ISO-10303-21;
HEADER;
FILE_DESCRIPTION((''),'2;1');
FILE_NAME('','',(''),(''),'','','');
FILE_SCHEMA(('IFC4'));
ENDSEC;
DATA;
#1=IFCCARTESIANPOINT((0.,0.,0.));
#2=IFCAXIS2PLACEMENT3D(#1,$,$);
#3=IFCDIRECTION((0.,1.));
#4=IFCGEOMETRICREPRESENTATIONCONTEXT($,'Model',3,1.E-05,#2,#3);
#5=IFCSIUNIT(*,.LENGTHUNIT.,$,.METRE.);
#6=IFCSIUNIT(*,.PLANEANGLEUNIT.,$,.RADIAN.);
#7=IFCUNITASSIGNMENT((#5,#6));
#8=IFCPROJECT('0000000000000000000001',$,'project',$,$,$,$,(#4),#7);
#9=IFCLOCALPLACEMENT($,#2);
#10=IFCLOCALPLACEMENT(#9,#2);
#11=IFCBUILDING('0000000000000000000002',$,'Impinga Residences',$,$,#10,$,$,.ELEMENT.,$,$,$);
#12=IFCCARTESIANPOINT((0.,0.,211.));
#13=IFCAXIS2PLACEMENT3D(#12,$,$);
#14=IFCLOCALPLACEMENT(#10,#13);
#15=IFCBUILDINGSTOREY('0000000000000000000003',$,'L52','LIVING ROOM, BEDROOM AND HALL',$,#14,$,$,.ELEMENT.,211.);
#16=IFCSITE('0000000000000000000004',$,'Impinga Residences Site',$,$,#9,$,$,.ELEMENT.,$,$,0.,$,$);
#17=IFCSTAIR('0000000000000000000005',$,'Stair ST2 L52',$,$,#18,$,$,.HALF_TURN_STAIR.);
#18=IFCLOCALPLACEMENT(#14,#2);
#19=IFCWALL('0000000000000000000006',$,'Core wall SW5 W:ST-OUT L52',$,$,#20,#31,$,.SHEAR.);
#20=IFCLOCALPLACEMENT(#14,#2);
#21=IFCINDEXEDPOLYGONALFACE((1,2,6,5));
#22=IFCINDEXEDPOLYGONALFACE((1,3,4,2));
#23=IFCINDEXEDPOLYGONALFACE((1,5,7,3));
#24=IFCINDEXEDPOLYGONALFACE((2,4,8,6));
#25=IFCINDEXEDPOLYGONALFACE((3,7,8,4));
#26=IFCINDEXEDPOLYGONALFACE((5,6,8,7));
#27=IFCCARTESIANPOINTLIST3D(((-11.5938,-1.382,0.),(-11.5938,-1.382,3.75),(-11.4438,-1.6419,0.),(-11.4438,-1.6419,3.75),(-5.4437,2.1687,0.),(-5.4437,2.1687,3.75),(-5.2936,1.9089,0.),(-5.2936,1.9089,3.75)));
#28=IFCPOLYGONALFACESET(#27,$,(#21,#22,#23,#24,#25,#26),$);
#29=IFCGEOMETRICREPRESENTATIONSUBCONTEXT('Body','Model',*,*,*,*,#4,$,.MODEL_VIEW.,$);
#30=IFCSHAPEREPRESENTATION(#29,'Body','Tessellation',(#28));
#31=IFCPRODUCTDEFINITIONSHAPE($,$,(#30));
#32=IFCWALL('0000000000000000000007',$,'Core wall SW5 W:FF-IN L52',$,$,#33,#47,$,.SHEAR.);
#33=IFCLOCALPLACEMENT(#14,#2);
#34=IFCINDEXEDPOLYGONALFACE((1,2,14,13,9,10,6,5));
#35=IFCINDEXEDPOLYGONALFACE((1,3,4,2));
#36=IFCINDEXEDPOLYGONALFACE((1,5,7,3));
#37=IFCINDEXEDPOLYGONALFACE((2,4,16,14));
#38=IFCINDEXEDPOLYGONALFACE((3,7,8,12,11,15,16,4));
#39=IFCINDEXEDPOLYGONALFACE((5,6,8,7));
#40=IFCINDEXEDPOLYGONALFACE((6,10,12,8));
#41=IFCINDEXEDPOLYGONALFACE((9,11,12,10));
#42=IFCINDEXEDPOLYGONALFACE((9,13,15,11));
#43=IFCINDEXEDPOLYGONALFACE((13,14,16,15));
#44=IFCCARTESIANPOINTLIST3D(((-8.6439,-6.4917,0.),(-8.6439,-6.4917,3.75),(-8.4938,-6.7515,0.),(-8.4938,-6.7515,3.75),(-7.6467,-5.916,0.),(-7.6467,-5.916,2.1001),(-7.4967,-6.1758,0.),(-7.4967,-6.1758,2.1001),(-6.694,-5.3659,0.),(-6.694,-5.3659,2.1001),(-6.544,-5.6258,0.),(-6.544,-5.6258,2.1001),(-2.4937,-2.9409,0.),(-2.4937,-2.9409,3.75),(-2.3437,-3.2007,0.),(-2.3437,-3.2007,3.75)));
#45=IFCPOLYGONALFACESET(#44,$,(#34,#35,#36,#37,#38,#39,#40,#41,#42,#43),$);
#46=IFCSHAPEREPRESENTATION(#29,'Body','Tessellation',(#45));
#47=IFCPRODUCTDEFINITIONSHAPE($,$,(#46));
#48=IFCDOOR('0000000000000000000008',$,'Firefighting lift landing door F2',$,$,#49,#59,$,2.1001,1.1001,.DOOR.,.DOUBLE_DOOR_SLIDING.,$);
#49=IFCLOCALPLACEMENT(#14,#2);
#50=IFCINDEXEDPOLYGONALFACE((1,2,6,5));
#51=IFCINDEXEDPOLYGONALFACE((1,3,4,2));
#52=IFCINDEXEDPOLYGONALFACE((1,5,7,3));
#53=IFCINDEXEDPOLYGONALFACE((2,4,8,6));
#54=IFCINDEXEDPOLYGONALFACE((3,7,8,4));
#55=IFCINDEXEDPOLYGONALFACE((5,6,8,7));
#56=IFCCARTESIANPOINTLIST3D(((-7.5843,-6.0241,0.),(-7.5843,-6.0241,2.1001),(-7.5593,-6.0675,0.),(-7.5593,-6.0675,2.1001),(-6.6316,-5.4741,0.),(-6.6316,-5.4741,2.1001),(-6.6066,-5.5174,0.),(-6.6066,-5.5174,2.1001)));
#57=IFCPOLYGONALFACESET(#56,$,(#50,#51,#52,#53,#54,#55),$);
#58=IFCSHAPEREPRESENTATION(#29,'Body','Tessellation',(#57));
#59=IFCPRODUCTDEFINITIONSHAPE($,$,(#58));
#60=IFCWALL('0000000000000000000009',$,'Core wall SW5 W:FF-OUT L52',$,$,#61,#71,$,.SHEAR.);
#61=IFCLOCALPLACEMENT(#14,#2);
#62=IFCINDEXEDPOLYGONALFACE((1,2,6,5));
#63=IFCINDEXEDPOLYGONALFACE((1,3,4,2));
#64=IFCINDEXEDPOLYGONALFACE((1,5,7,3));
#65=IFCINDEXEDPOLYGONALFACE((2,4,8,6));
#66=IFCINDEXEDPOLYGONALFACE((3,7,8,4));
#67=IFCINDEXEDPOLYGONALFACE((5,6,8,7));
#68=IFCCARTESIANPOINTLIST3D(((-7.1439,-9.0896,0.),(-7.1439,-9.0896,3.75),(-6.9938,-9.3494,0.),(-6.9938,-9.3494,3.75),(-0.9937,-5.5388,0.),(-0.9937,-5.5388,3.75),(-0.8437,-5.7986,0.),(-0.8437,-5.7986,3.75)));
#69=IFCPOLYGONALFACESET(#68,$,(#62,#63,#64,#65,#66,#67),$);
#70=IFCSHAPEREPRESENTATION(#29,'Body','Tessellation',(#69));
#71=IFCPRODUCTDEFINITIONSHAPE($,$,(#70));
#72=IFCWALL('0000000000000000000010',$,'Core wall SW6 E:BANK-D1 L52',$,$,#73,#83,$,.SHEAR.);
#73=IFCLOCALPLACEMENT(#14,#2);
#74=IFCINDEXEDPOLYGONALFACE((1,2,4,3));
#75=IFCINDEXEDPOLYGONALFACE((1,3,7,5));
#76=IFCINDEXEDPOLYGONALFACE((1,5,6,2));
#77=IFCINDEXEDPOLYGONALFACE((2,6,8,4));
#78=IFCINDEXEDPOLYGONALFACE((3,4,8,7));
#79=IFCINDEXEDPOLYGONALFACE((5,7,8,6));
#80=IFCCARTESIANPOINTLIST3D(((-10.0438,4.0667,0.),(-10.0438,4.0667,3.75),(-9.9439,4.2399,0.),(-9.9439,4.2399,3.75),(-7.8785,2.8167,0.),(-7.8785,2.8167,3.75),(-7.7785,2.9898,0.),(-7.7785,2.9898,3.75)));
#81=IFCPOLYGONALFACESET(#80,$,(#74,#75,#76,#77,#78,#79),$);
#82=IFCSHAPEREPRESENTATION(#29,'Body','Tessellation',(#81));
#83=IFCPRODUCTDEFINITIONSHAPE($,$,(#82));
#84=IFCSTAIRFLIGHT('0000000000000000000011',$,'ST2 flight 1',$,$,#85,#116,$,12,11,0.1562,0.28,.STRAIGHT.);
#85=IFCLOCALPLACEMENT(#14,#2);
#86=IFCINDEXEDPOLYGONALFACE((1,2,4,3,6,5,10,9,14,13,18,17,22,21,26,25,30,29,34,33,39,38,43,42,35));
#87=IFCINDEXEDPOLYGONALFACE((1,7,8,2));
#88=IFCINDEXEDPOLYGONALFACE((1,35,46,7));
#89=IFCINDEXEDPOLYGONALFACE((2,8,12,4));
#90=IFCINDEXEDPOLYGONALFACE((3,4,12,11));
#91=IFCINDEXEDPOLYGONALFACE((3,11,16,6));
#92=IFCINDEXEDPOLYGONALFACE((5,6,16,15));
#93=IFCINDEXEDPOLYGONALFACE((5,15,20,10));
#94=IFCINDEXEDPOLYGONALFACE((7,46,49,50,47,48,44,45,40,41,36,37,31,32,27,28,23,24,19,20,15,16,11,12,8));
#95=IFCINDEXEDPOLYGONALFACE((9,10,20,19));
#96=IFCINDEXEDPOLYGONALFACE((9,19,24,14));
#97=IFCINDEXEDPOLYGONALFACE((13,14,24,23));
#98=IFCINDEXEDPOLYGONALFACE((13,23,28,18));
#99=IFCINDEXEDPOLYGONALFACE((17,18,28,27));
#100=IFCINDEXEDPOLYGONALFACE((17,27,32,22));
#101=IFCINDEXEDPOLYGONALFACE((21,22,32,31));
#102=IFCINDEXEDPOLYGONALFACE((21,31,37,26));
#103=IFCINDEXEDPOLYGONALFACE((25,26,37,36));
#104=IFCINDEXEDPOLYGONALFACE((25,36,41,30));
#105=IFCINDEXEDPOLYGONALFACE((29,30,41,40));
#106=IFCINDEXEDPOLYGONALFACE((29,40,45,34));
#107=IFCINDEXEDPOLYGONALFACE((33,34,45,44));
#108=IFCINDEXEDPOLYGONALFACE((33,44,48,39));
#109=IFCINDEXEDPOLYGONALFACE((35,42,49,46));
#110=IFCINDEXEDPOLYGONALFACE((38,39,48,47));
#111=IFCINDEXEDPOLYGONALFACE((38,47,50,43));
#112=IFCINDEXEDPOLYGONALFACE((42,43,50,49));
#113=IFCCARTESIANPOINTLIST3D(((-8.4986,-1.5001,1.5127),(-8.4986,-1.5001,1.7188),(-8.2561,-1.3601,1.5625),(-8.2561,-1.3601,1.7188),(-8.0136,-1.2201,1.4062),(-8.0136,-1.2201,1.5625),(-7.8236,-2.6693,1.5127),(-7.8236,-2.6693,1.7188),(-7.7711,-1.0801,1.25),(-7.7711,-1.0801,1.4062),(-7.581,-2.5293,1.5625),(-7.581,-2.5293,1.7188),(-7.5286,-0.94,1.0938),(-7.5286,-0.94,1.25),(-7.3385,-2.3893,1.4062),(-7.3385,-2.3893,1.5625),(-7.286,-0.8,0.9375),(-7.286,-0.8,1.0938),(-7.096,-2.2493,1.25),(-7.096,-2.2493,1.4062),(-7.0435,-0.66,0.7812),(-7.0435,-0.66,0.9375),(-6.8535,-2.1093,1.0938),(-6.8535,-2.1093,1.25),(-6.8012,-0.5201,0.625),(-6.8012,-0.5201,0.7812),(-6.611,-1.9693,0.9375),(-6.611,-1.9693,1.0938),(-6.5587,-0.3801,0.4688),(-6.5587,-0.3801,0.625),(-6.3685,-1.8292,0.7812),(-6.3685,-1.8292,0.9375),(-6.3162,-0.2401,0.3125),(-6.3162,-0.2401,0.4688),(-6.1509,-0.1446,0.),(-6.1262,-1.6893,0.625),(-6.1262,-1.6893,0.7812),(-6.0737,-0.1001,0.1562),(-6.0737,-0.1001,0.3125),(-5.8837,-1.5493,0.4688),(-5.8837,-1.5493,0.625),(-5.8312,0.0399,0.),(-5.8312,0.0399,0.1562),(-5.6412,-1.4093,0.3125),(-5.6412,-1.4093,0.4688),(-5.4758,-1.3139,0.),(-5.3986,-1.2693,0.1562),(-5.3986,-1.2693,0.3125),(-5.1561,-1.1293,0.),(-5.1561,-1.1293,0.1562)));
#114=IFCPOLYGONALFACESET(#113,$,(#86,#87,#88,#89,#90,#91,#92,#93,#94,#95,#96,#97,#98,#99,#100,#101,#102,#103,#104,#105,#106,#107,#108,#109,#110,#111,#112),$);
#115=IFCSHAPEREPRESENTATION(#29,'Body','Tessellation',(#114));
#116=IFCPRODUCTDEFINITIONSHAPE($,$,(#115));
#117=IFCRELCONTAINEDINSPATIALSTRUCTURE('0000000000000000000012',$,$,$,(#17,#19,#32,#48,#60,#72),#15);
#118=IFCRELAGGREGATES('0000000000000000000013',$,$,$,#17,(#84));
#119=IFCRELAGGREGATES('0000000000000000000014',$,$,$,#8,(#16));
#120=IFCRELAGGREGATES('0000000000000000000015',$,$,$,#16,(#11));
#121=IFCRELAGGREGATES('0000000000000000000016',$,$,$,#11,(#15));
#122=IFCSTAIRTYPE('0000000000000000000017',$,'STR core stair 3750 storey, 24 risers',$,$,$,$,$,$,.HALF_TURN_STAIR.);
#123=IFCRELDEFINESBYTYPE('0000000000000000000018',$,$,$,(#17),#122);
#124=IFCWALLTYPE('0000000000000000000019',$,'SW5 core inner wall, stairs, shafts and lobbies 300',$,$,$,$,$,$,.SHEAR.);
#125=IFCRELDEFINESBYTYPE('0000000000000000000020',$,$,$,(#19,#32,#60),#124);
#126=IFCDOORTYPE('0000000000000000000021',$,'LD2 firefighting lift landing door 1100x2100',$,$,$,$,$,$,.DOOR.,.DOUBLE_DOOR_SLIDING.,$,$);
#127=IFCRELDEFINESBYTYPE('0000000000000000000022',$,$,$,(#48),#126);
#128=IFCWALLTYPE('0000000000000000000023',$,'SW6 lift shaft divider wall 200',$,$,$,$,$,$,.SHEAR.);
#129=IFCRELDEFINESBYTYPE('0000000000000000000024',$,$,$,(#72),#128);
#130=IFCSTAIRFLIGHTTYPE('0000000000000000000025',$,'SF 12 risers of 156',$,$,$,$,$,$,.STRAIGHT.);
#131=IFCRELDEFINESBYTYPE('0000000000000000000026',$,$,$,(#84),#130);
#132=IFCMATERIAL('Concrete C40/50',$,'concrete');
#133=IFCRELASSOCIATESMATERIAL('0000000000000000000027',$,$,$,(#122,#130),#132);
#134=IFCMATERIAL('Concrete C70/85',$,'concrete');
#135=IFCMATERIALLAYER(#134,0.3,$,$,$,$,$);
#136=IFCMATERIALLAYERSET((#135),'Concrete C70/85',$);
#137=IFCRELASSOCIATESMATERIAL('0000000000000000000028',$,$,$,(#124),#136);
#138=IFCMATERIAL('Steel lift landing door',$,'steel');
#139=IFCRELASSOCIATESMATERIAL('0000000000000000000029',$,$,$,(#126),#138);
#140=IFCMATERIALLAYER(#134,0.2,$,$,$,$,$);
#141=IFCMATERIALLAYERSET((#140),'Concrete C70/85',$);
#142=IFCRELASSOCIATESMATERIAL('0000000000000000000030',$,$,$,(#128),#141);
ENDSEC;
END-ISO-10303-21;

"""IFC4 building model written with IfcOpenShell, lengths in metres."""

from ifc_helpers import new_model, si_unit, direction, frame, frame_2d, origin, place, context, subcontext, project, spatial, polyline, rectangle, outline, extrude, material, layer, layer_set, type_object, element, fill, aggregate, save


model = new_model("IFC4")

# Units and contexts
model_context = context("Model", 3, precision=1e-05, world=origin(), true_north=direction((0.0, 1.0)))
body_context = subcontext(model_context, "Body", "Model", "MODEL_VIEW")
ifc_project = project(units=[si_unit("LENGTHUNIT", "METRE"), si_unit("PLANEANGLEUNIT", "RADIAN")], contexts=[model_context])

# Site, building, storey
site_placement = place(None, origin())
site = spatial("IfcSite", under=ifc_project, at=site_placement, Name="Impinga Residences Site", CompositionType="ELEMENT", RefElevation=0.0)
building_placement = place(site_placement, origin())
building = spatial("IfcBuilding", under=site, at=building_placement, Name="Impinga Residences", CompositionType="ELEMENT")
storey_placement = place(building_placement, frame((0.0, 0.0, 211.0)))
storey = spatial("IfcBuildingStorey", under=building, at=storey_placement, Name="L52", Description="LIVING ROOM, BEDROOM AND HALL", CompositionType="ELEMENT", Elevation=211.0)

# Stair
ifc_material_1 = material(Name="Concrete C40/50", Category="concrete")
stair_type_1 = type_object("IfcStairType", Name="STR core stair 3750 storey, 24 risers", PredefinedType="HALF_TURN_STAIR", material=ifc_material_1)
stair_1_placement = place(storey_placement, origin())
stair_1 = element("IfcStair", 1, at=stair_1_placement, inside=storey, type_object=stair_type_1, Name="Stair ST2 L52", PredefinedType="HALF_TURN_STAIR")

# Shared definitions
ifc_material_2 = material(Name="Concrete C70/85", Category="concrete")
ifc_layer_1 = layer(ifc_material_2, 0.3)
ifc_layer_set_1 = layer_set([ifc_layer_1], Name="Concrete C70/85")
wall_type_1 = type_object("IfcWallType", Name="SW5 core inner wall, stairs, shafts and lobbies 300", PredefinedType="SHEAR", material=ifc_layer_set_1)

# Wall
wall_1_placement = place(storey_placement, frame((-5.3687, 2.0388, 0.0), z_axis=(0.0, 0.0, 1.0), x_axis=(-0.866026, -0.499999, 0.0)))
element("IfcWall", 2, at=wall_1_placement, inside=storey, type_object=wall_type_1, Name="Core wall SW5 W:ST-OUT L52", PredefinedType="SHEAR", context=body_context, shape_type="SweptSolid", body=[
    extrude(rectangle(XDim=7.1016, YDim=0.3, at=frame_2d((3.5508, 0.0))), origin(), (0.0, 0.0, 1.0), 3.75),
])

# Wall, opening, door
wall_2_placement = place(storey_placement, frame((-2.4187, -3.0708, 0.0), z_axis=(0.0, 0.0, 1.0), x_axis=(-0.866026, -0.499999, 0.0)))
wall_2 = element("IfcWall", 3, at=wall_2_placement, inside=storey, type_object=wall_type_1, Name="Core wall SW5 W:FF-IN L52", PredefinedType="SHEAR", context=body_context, shape_type="SweptSolid", body=[
    extrude(rectangle(XDim=7.1016, YDim=0.3, at=frame_2d((3.5508, 0.0))), origin(), (0.0, 0.0, 1.0), 3.75),
])
opening_1_placement = place(wall_2_placement, frame((4.8501, 0.0, 0.0)))
opening_1 = element("IfcOpeningElement", 4, at=opening_1_placement, cuts=wall_2, PredefinedType="OPENING", context=body_context, shape_type="SweptSolid", body=[
    extrude(rectangle(XDim=1.1001, YDim=2.1001, at=frame_2d((0.55, 1.05))), frame((0.0, 0.1599, 0.0), z_axis=(0.0, -1.0, 0.0), x_axis=(1.0, 0.0, 0.0)), (0.0, 0.0, 1.0), 0.3201),
])
ifc_material_3 = material(Name="Steel lift landing door", Category="steel")
door_type_1 = type_object("IfcDoorType", Name="LD2 firefighting lift landing door 1100x2100", OperationType="DOUBLE_DOOR_SLIDING", PredefinedType="DOOR", material=ifc_material_3)
door_1_placement = place(opening_1_placement, origin())
door_1 = element("IfcDoor", 5, at=door_1_placement, inside=storey, type_object=door_type_1, Name="Firefighting lift landing door F2", OperationType="DOUBLE_DOOR_SLIDING", OverallHeight=2.1001, OverallWidth=1.1001, PredefinedType="DOOR", context=body_context, shape_type="SweptSolid", body=[
    extrude(rectangle(XDim=1.1001, YDim=2.1001, at=frame_2d((0.55, 1.05))), frame((0.0, 0.0249, 0.0), z_axis=(0.0, -1.0, 0.0), x_axis=(1.0, 0.0, 0.0)), (0.0, 0.0, 1.0), 0.05),
])
fill(opening_1, door_1)

# Walls
wall_3_placement = place(storey_placement, frame((-0.9187, -5.6687, 0.0), z_axis=(0.0, 0.0, 1.0), x_axis=(-0.866026, -0.499999, 0.0)))
element("IfcWall", 6, at=wall_3_placement, inside=storey, type_object=wall_type_1, Name="Core wall SW5 W:FF-OUT L52", PredefinedType="SHEAR", context=body_context, shape_type="SweptSolid", body=[
    extrude(rectangle(XDim=7.1016, YDim=0.3, at=frame_2d((3.5508, 0.0))), origin(), (0.0, 0.0, 1.0), 3.75),
])
ifc_layer_2 = layer(ifc_material_2, 0.2)
ifc_layer_set_2 = layer_set([ifc_layer_2], Name="Concrete C70/85")
wall_type_2 = type_object("IfcWallType", Name="SW6 lift shaft divider wall 200", PredefinedType="SHEAR", material=ifc_layer_set_2)
wall_4_placement = place(storey_placement, frame((-7.8286, 2.9033, 0.0), z_axis=(0.0, 0.0, 1.0), x_axis=(-0.866047, 0.499962, 0.0)))
element("IfcWall", 7, at=wall_4_placement, inside=storey, type_object=wall_type_2, Name="Core wall SW6 E:BANK-D1 L52", PredefinedType="SHEAR", context=body_context, shape_type="SweptSolid", body=[
    extrude(rectangle(XDim=2.5002, YDim=0.2, at=frame_2d((1.25, 0.0))), origin(), (0.0, 0.0, 1.0), 3.75),
])

# Stair flight
stair_flight_type = type_object("IfcStairFlightType", Name="SF 12 risers of 156", PredefinedType="STRAIGHT", material=ifc_material_1)
stair_flight_placement = place(storey_placement, frame((-5.4937, -0.5447, 0.0), z_axis=(0.0, 0.0, 1.0), x_axis=(-0.866025, -0.5, 0.0)))
stair_flight = element("IfcStairFlight", 8, at=stair_flight_placement, type_object=stair_flight_type, Name="ST2 flight 1", NumberOfRisers=12, NumberOfTreads=11, PredefinedType="STRAIGHT", RiserHeight=0.1562, TreadLength=0.28, context=body_context, shape_type="SweptSolid", body=[
    extrude(outline(polyline([(0.0, 0.0), (0.0, 0.1562), (0.28, 0.1562), (0.28, 0.3125), (0.5601, 0.3125), (0.5601, 0.4688), (0.8401, 0.4688), (0.8401, 0.625), (1.1201, 0.625), (1.1201, 0.7812), (1.3999, 0.7812), (1.3999, 0.9375), (1.6799, 0.9375), (1.6799, 1.0938), (1.96, 1.0938), (1.96, 1.25), (2.24, 1.25), (2.24, 1.4062), (2.52, 1.4062), (2.52, 1.5625), (2.8, 1.5625), (2.8, 1.7188), (3.0801, 1.7188), (3.0801, 1.875), (3.0801, 1.5127), (0.3691, 0.0), (0.0, 0.0)])), frame((0.0, 0.675, 0.0), z_axis=(0.0, -1.0, 0.0), x_axis=(1.0, 0.0, 0.0)), (0.0, 0.0, 1.0), 1.3501),
])
aggregate(stair_1, [stair_flight])

save(model, "model.ifc")
